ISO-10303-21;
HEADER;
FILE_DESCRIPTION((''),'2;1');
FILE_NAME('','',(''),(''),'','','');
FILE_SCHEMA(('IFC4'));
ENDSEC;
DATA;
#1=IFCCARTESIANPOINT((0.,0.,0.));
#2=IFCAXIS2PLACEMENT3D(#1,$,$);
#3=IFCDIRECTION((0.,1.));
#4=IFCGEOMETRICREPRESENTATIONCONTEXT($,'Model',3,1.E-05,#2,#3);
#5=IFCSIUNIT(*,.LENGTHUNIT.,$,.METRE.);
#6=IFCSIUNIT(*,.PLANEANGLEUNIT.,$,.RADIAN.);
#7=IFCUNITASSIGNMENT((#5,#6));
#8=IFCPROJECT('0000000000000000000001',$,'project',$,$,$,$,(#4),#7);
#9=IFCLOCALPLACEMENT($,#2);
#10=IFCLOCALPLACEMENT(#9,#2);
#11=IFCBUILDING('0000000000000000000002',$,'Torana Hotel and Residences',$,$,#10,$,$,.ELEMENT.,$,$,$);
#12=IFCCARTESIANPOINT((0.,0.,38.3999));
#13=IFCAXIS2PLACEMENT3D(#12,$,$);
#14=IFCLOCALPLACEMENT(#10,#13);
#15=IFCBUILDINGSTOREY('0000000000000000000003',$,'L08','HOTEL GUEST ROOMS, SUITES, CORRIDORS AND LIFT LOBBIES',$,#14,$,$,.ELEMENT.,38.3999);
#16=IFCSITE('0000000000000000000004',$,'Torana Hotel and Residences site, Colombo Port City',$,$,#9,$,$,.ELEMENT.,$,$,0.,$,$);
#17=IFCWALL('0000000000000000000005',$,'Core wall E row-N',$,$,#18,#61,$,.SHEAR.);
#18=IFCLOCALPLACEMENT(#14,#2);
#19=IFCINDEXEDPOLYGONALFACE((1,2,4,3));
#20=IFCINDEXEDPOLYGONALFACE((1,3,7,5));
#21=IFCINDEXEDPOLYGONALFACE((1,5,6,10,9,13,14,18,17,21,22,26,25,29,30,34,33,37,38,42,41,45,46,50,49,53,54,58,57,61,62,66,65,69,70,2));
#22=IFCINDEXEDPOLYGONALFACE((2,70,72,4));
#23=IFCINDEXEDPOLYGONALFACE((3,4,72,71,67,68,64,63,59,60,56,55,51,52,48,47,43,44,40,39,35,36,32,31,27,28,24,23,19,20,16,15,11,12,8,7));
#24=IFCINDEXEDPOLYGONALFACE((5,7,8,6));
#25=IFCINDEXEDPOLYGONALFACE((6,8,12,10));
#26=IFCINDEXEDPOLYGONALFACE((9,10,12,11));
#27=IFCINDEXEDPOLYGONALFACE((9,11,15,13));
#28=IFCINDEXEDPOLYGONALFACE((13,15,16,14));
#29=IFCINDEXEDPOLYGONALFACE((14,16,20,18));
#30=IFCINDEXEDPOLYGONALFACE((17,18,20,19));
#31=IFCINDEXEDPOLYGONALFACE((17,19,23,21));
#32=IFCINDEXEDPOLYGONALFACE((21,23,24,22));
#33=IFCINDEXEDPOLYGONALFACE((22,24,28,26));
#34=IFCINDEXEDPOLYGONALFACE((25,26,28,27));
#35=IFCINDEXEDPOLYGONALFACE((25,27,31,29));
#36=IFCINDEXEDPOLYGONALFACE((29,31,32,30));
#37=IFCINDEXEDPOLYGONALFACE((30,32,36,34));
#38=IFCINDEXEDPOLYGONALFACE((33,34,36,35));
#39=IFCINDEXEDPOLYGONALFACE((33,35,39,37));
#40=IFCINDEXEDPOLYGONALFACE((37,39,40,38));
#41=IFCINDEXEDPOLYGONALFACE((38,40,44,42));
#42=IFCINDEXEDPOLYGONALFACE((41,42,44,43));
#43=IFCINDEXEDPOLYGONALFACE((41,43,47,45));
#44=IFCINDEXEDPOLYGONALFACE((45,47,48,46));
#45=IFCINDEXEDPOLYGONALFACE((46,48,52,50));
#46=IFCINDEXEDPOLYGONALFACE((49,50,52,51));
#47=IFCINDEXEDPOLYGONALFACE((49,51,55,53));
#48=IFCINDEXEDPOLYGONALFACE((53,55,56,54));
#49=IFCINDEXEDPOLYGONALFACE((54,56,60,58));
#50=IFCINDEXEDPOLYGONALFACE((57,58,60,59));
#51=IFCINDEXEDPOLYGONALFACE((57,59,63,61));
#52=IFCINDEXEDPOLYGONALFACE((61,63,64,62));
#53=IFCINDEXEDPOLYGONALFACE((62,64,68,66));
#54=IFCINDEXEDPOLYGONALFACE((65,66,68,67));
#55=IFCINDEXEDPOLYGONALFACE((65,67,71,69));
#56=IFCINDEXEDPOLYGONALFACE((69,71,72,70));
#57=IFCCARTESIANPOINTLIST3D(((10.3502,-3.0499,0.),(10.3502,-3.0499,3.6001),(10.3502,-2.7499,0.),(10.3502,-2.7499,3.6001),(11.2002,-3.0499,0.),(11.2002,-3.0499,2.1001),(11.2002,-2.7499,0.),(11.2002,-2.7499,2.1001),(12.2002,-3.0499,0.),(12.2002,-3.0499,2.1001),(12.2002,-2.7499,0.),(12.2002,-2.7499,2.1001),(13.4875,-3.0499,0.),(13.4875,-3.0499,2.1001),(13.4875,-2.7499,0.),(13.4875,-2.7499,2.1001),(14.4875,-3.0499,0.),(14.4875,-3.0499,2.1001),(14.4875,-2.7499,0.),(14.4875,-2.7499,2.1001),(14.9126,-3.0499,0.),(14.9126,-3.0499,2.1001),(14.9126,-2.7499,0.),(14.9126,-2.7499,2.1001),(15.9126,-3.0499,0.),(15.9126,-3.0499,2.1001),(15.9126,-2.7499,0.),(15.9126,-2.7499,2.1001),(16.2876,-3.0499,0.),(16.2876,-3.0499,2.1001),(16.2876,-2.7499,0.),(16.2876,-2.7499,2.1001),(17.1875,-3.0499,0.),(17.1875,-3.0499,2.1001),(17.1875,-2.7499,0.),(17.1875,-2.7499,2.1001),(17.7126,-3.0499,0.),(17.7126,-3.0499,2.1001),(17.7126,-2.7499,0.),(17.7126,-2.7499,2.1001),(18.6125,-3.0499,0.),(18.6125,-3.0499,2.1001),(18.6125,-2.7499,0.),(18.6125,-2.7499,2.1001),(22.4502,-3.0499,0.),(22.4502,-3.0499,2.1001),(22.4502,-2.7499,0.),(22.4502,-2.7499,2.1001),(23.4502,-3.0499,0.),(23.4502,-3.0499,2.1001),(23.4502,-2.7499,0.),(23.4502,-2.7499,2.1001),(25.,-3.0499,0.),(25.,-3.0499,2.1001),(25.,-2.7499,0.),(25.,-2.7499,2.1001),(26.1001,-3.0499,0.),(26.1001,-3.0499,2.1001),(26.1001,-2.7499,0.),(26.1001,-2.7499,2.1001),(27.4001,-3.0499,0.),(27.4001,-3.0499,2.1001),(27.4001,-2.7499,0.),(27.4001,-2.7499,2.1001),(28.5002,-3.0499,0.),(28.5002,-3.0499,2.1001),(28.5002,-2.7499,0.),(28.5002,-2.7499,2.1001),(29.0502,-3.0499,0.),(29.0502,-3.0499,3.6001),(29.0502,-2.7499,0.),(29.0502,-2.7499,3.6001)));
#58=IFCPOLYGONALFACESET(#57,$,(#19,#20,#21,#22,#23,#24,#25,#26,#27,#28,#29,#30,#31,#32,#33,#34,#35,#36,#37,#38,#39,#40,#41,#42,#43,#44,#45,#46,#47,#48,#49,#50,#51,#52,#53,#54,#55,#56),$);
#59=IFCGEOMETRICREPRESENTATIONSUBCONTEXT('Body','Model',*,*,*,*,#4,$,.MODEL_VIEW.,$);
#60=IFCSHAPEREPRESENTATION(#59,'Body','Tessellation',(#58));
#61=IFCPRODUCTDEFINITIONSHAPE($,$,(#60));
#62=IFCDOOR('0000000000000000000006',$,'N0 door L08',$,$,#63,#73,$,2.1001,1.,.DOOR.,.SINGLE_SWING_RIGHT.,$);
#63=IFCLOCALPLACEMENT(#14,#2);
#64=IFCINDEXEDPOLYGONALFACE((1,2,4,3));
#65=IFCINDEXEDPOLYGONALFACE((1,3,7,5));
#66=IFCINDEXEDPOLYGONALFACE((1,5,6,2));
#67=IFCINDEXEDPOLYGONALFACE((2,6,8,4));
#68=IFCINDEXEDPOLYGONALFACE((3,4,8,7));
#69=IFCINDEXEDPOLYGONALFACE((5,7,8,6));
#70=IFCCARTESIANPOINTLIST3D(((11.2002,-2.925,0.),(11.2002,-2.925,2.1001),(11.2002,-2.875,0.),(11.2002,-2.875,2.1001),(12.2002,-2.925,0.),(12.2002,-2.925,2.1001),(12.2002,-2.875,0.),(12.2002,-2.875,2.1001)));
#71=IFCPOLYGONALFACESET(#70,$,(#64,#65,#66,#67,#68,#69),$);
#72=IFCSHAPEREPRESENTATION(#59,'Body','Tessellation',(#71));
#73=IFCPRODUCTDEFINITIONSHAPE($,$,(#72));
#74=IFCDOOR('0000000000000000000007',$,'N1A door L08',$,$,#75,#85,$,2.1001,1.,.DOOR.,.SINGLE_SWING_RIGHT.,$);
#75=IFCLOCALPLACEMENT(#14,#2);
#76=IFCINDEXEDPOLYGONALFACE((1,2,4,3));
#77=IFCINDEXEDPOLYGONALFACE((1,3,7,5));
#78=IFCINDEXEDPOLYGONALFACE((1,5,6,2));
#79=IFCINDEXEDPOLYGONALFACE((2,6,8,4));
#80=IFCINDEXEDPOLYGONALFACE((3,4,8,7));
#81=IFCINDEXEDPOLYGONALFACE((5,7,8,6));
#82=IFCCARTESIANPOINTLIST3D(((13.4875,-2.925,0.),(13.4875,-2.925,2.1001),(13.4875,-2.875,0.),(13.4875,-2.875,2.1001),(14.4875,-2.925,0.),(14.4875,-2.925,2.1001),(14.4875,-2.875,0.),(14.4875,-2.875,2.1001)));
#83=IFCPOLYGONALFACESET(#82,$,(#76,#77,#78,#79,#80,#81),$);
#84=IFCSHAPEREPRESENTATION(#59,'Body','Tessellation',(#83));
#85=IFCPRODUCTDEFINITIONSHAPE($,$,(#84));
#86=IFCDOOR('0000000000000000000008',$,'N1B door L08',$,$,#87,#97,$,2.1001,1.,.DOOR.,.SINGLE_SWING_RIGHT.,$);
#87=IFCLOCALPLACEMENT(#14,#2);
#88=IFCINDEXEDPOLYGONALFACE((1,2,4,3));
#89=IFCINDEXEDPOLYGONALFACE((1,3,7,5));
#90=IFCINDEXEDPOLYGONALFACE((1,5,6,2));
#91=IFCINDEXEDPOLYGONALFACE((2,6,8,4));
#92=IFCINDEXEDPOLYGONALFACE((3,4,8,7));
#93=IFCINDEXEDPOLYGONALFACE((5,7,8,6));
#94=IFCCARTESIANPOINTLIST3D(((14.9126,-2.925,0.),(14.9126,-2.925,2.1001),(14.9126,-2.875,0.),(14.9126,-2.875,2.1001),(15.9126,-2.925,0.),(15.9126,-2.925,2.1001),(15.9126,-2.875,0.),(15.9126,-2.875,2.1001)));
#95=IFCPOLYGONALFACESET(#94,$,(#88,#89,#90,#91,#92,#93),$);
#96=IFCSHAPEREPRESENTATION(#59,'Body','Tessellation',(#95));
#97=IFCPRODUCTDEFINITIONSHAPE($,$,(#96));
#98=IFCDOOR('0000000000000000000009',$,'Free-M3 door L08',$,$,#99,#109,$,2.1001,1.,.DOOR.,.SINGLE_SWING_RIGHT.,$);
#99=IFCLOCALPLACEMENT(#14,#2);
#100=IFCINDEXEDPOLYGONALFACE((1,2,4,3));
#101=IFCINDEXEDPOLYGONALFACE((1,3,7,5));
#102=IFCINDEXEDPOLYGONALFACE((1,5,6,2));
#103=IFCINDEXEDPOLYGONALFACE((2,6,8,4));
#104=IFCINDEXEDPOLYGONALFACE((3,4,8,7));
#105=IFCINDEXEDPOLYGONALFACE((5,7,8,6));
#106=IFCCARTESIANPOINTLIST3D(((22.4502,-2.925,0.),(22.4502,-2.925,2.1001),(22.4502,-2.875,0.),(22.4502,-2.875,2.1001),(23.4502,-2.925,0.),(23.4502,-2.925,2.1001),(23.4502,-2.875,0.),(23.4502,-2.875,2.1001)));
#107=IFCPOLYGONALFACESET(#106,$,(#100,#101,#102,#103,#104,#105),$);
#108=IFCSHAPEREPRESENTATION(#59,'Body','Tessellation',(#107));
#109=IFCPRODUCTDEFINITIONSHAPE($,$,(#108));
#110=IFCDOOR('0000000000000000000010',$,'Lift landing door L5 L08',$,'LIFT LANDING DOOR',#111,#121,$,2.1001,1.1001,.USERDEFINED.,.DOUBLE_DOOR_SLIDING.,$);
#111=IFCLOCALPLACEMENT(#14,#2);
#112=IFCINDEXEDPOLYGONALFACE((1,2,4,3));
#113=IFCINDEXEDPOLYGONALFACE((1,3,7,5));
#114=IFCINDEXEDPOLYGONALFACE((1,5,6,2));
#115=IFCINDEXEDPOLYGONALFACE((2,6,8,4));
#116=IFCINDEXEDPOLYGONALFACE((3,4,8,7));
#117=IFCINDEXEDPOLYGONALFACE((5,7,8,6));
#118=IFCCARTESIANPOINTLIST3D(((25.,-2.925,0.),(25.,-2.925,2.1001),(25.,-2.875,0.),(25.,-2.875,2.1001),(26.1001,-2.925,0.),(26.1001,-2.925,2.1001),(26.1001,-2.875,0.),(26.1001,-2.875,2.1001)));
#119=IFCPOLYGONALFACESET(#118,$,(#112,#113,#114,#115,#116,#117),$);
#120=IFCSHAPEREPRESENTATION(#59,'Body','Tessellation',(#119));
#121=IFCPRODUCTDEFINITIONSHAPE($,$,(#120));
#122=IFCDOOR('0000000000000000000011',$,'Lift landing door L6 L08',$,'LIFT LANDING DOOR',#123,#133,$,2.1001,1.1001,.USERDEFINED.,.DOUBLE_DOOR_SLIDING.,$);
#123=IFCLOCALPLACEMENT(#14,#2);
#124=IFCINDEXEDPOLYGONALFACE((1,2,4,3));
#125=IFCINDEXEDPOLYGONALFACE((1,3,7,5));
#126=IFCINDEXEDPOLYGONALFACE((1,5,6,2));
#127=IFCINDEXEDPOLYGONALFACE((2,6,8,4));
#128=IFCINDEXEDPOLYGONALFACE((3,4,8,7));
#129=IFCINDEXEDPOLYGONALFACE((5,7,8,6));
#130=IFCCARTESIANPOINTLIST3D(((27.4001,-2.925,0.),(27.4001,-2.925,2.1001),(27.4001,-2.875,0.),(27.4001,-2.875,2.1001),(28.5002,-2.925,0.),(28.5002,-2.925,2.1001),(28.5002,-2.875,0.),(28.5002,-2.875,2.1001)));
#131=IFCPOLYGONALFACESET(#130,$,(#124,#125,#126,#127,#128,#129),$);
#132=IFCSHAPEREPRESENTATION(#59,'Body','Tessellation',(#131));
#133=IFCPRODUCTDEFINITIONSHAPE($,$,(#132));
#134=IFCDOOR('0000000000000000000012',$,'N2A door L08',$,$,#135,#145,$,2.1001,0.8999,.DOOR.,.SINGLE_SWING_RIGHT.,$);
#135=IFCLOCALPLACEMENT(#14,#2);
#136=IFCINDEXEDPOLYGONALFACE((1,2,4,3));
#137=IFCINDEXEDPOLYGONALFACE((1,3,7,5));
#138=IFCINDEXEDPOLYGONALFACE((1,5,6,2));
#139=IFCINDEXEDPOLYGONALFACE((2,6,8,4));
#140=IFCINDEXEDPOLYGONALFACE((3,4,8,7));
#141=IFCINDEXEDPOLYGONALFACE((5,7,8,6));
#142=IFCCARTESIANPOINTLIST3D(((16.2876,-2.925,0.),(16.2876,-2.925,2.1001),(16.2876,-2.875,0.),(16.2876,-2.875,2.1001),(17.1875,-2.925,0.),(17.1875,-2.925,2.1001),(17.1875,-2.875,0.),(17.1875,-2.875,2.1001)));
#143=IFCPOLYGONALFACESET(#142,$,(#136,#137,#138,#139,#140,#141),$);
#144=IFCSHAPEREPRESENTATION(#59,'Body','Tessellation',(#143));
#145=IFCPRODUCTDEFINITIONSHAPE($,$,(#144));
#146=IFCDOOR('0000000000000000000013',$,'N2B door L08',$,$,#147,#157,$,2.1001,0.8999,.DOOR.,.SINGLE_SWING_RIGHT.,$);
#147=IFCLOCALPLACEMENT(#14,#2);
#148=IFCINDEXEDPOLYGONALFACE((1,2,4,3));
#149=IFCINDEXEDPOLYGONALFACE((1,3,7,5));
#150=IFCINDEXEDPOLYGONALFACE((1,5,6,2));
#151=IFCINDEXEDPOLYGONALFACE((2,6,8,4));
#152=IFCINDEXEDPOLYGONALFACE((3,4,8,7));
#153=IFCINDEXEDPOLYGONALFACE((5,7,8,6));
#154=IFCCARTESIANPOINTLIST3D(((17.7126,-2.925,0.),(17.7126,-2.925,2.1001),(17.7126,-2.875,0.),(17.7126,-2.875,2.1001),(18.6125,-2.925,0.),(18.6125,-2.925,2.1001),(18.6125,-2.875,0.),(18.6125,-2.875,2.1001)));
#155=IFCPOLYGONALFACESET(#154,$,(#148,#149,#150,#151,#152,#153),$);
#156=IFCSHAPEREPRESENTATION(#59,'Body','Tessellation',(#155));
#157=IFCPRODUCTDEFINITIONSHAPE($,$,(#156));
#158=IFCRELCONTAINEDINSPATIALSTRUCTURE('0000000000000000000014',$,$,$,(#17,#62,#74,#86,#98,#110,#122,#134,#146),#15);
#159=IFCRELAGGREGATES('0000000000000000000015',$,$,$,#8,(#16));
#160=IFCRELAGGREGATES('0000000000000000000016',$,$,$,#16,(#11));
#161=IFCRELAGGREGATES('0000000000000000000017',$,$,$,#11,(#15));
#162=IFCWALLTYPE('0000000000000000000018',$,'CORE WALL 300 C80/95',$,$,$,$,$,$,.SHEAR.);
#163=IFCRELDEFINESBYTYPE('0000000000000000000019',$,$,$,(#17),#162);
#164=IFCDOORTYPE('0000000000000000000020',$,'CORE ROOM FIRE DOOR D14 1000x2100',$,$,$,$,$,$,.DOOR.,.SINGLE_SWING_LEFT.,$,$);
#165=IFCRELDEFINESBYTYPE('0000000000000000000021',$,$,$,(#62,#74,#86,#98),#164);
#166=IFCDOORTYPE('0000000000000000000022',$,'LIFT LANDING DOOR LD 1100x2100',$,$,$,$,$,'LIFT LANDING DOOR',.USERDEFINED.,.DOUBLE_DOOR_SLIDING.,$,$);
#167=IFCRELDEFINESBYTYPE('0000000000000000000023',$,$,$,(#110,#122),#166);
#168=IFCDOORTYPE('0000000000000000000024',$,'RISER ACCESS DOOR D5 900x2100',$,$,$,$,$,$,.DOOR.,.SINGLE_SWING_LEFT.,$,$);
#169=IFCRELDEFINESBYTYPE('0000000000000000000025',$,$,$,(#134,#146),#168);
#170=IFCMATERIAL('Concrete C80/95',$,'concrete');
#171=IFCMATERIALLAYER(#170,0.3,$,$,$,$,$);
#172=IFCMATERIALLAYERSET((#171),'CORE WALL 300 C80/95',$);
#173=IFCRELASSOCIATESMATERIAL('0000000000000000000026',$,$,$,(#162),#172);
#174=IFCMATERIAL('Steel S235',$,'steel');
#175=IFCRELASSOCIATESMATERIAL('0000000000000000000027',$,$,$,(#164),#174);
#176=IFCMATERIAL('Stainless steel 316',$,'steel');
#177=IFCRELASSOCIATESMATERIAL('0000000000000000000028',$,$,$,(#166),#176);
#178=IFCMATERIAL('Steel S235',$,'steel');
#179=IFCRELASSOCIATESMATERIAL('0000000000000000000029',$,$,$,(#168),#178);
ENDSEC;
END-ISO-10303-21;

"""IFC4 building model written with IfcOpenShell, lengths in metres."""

from ifc_helpers import new_model, si_unit, direction, frame, frame_2d, origin, place, context, subcontext, project, spatial, rectangle, extrude, material, layer, layer_set, type_object, element, fill, save


model = new_model("IFC4")

# Units and contexts
model_context = context("Model", 3, precision=1e-05, world=origin(), true_north=direction((0.0, 1.0)))
body_context = subcontext(model_context, "Body", "Model", "MODEL_VIEW")
ifc_project = project(units=[si_unit("LENGTHUNIT", "METRE"), si_unit("PLANEANGLEUNIT", "RADIAN")], contexts=[model_context])

# Site, building, storey
site_placement = place(None, origin())
site = spatial("IfcSite", under=ifc_project, at=site_placement, Name="Torana Hotel and Residences site, Colombo Port City", CompositionType="ELEMENT", RefElevation=0.0)
building_placement = place(site_placement, origin())
building = spatial("IfcBuilding", under=site, at=building_placement, Name="Torana Hotel and Residences", CompositionType="ELEMENT")
storey_placement = place(building_placement, frame((0.0, 0.0, 38.3999)))
storey = spatial("IfcBuildingStorey", under=building, at=storey_placement, Name="L08", Description="HOTEL GUEST ROOMS, SUITES, CORRIDORS AND LIFT LOBBIES", CompositionType="ELEMENT", Elevation=38.3999)

# Wall, openings, doors
ifc_material_1 = material(Name="Concrete C80/95", Category="concrete")
ifc_layer_1 = layer(ifc_material_1, 0.3)
ifc_layer_set_1 = layer_set([ifc_layer_1], Name="CORE WALL 300 C80/95")
wall_type_1 = type_object("IfcWallType", Name="CORE WALL 300 C80/95", PredefinedType="SHEAR", material=ifc_layer_set_1)
wall_1_placement = place(storey_placement, frame((10.3501, -2.8999, 0.0), z_axis=(0.0, 0.0, 1.0), x_axis=(1.0, 0.0, 0.0)))
wall_1 = element("IfcWall", 1, at=wall_1_placement, inside=storey, type_object=wall_type_1, Name="Core wall E row-N", PredefinedType="SHEAR", context=body_context, shape_type="SweptSolid", body=[
    extrude(rectangle(XDim=18.7, YDim=0.3, at=frame_2d((9.3501, 0.0))), origin(), (0.0, 0.0, 1.0), 3.6001),
])
opening_1_placement = place(wall_1_placement, frame((14.6499, 0.0, 0.0)))
opening_1 = element("IfcOpeningElement", 2, at=opening_1_placement, cuts=wall_1, PredefinedType="OPENING", context=body_context, shape_type="SweptSolid", body=[
    extrude(rectangle(XDim=1.1001, YDim=2.1001, at=frame_2d((0.55, 1.05))), frame((0.0, 0.1599, 0.0), z_axis=(0.0, -1.0, 0.0), x_axis=(1.0, 0.0, 0.0)), (0.0, 0.0, 1.0), 0.3201),
])
opening_2_placement = place(wall_1_placement, frame((17.05, 0.0, 0.0)))
opening_2 = element("IfcOpeningElement", 3, at=opening_2_placement, cuts=wall_1, PredefinedType="OPENING", context=body_context, shape_type="SweptSolid", body=[
    extrude(rectangle(XDim=1.1001, YDim=2.1001, at=frame_2d((0.55, 1.05))), frame((0.0, 0.1599, 0.0), z_axis=(0.0, -1.0, 0.0), x_axis=(1.0, 0.0, 0.0)), (0.0, 0.0, 1.0), 0.3201),
])
opening_3_placement = place(wall_1_placement, frame((5.9375, 0.0, 0.0)))
opening_3 = element("IfcOpeningElement", 4, at=opening_3_placement, cuts=wall_1, PredefinedType="OPENING", context=body_context, shape_type="SweptSolid", body=[
    extrude(rectangle(XDim=0.8999, YDim=2.1001, at=frame_2d((0.45, 1.05))), frame((0.0, 0.1599, 0.0), z_axis=(0.0, -1.0, 0.0), x_axis=(1.0, 0.0, 0.0)), (0.0, 0.0, 1.0), 0.3201),
])
opening_4_placement = place(wall_1_placement, frame((7.3625, 0.0, 0.0)))
opening_4 = element("IfcOpeningElement", 5, at=opening_4_placement, cuts=wall_1, PredefinedType="OPENING", context=body_context, shape_type="SweptSolid", body=[
    extrude(rectangle(XDim=0.8999, YDim=2.1001, at=frame_2d((0.45, 1.05))), frame((0.0, 0.1599, 0.0), z_axis=(0.0, -1.0, 0.0), x_axis=(1.0, 0.0, 0.0)), (0.0, 0.0, 1.0), 0.3201),
])
opening_5_placement = place(wall_1_placement, frame((0.8501, 0.0, 0.0)))
opening_5 = element("IfcOpeningElement", 6, at=opening_5_placement, cuts=wall_1, PredefinedType="OPENING", context=body_context, shape_type="SweptSolid", body=[
    extrude(rectangle(XDim=1.0, YDim=2.1001, at=frame_2d((0.5, 1.05))), frame((0.0, 0.1599, 0.0), z_axis=(0.0, -1.0, 0.0), x_axis=(1.0, 0.0, 0.0)), (0.0, 0.0, 1.0), 0.3201),
])
opening_6_placement = place(wall_1_placement, frame((3.1375, 0.0, 0.0)))
opening_6 = element("IfcOpeningElement", 7, at=opening_6_placement, cuts=wall_1, PredefinedType="OPENING", context=body_context, shape_type="SweptSolid", body=[
    extrude(rectangle(XDim=1.0, YDim=2.1001, at=frame_2d((0.5, 1.05))), frame((0.0, 0.1599, 0.0), z_axis=(0.0, -1.0, 0.0), x_axis=(1.0, 0.0, 0.0)), (0.0, 0.0, 1.0), 0.3201),
])
opening_7_placement = place(wall_1_placement, frame((4.5625, 0.0, 0.0)))
opening_7 = element("IfcOpeningElement", 8, at=opening_7_placement, cuts=wall_1, PredefinedType="OPENING", context=body_context, shape_type="SweptSolid", body=[
    extrude(rectangle(XDim=1.0, YDim=2.1001, at=frame_2d((0.5, 1.05))), frame((0.0, 0.1599, 0.0), z_axis=(0.0, -1.0, 0.0), x_axis=(1.0, 0.0, 0.0)), (0.0, 0.0, 1.0), 0.3201),
])
opening_8_placement = place(wall_1_placement, frame((12.1001, 0.0, 0.0)))
opening_8 = element("IfcOpeningElement", 9, at=opening_8_placement, cuts=wall_1, PredefinedType="OPENING", context=body_context, shape_type="SweptSolid", body=[
    extrude(rectangle(XDim=1.0, YDim=2.1001, at=frame_2d((0.5, 1.05))), frame((0.0, 0.1599, 0.0), z_axis=(0.0, -1.0, 0.0), x_axis=(1.0, 0.0, 0.0)), (0.0, 0.0, 1.0), 0.3201),
])
ifc_material_2 = material(Name="Steel S235", Category="steel")
door_type_1 = type_object("IfcDoorType", Name="CORE ROOM FIRE DOOR D14 1000x2100", OperationType="SINGLE_SWING_LEFT", PredefinedType="DOOR", material=ifc_material_2)
door_1_placement = place(opening_5_placement, origin())
door_1 = element("IfcDoor", 10, at=door_1_placement, inside=storey, type_object=door_type_1, Name="N0 door L08", OperationType="SINGLE_SWING_RIGHT", OverallHeight=2.1001, OverallWidth=1.0, PredefinedType="DOOR", context=body_context, shape_type="SweptSolid", body=[
    extrude(rectangle(XDim=1.0, YDim=2.1001, at=frame_2d((0.5, 1.05))), frame((0.0, 0.0249, 0.0), z_axis=(0.0, -1.0, 0.0), x_axis=(1.0, 0.0, 0.0)), (0.0, 0.0, 1.0), 0.05),
])
fill(opening_5, door_1)
door_2_placement = place(opening_6_placement, origin())
door_2 = element("IfcDoor", 11, at=door_2_placement, inside=storey, type_object=door_type_1, Name="N1A door L08", OperationType="SINGLE_SWING_RIGHT", OverallHeight=2.1001, OverallWidth=1.0, PredefinedType="DOOR", context=body_context, shape_type="SweptSolid", body=[
    extrude(rectangle(XDim=1.0, YDim=2.1001, at=frame_2d((0.5, 1.05))), frame((0.0, 0.0249, 0.0), z_axis=(0.0, -1.0, 0.0), x_axis=(1.0, 0.0, 0.0)), (0.0, 0.0, 1.0), 0.05),
])
fill(opening_6, door_2)
door_3_placement = place(opening_7_placement, origin())
door_3 = element("IfcDoor", 12, at=door_3_placement, inside=storey, type_object=door_type_1, Name="N1B door L08", OperationType="SINGLE_SWING_RIGHT", OverallHeight=2.1001, OverallWidth=1.0, PredefinedType="DOOR", context=body_context, shape_type="SweptSolid", body=[
    extrude(rectangle(XDim=1.0, YDim=2.1001, at=frame_2d((0.5, 1.05))), frame((0.0, 0.0249, 0.0), z_axis=(0.0, -1.0, 0.0), x_axis=(1.0, 0.0, 0.0)), (0.0, 0.0, 1.0), 0.05),
])
fill(opening_7, door_3)
door_4_placement = place(opening_8_placement, origin())
door_4 = element("IfcDoor", 13, at=door_4_placement, inside=storey, type_object=door_type_1, Name="Free-M3 door L08", OperationType="SINGLE_SWING_RIGHT", OverallHeight=2.1001, OverallWidth=1.0, PredefinedType="DOOR", context=body_context, shape_type="SweptSolid", body=[
    extrude(rectangle(XDim=1.0, YDim=2.1001, at=frame_2d((0.5, 1.05))), frame((0.0, 0.0249, 0.0), z_axis=(0.0, -1.0, 0.0), x_axis=(1.0, 0.0, 0.0)), (0.0, 0.0, 1.0), 0.05),
])
fill(opening_8, door_4)
ifc_material_3 = material(Name="Stainless steel 316", Category="steel")
door_type_2 = type_object("IfcDoorType", Name="LIFT LANDING DOOR LD 1100x2100", ElementType="LIFT LANDING DOOR", OperationType="DOUBLE_DOOR_SLIDING", PredefinedType="USERDEFINED", material=ifc_material_3)
door_5_placement = place(opening_1_placement, origin())
door_5 = element("IfcDoor", 14, at=door_5_placement, inside=storey, type_object=door_type_2, Name="Lift landing door L5 L08", ObjectType="LIFT LANDING DOOR", OperationType="DOUBLE_DOOR_SLIDING", OverallHeight=2.1001, OverallWidth=1.1001, PredefinedType="USERDEFINED", context=body_context, shape_type="SweptSolid", body=[
    extrude(rectangle(XDim=1.1001, YDim=2.1001, at=frame_2d((0.55, 1.05))), frame((0.0, 0.0249, 0.0), z_axis=(0.0, -1.0, 0.0), x_axis=(1.0, 0.0, 0.0)), (0.0, 0.0, 1.0), 0.05),
])
fill(opening_1, door_5)
door_6_placement = place(opening_2_placement, origin())
door_6 = element("IfcDoor", 15, at=door_6_placement, inside=storey, type_object=door_type_2, Name="Lift landing door L6 L08", ObjectType="LIFT LANDING DOOR", OperationType="DOUBLE_DOOR_SLIDING", OverallHeight=2.1001, OverallWidth=1.1001, PredefinedType="USERDEFINED", context=body_context, shape_type="SweptSolid", body=[
    extrude(rectangle(XDim=1.1001, YDim=2.1001, at=frame_2d((0.55, 1.05))), frame((0.0, 0.0249, 0.0), z_axis=(0.0, -1.0, 0.0), x_axis=(1.0, 0.0, 0.0)), (0.0, 0.0, 1.0), 0.05),
])
fill(opening_2, door_6)
ifc_material_4 = material(Name="Steel S235", Category="steel")
door_type_3 = type_object("IfcDoorType", Name="RISER ACCESS DOOR D5 900x2100", OperationType="SINGLE_SWING_LEFT", PredefinedType="DOOR", material=ifc_material_4)
door_7_placement = place(opening_3_placement, origin())
door_7 = element("IfcDoor", 16, at=door_7_placement, inside=storey, type_object=door_type_3, Name="N2A door L08", OperationType="SINGLE_SWING_RIGHT", OverallHeight=2.1001, OverallWidth=0.8999, PredefinedType="DOOR", context=body_context, shape_type="SweptSolid", body=[
    extrude(rectangle(XDim=0.8999, YDim=2.1001, at=frame_2d((0.45, 1.05))), frame((0.0, 0.0249, 0.0), z_axis=(0.0, -1.0, 0.0), x_axis=(1.0, 0.0, 0.0)), (0.0, 0.0, 1.0), 0.05),
])
fill(opening_3, door_7)
door_8_placement = place(opening_4_placement, origin())
door_8 = element("IfcDoor", 17, at=door_8_placement, inside=storey, type_object=door_type_3, Name="N2B door L08", OperationType="SINGLE_SWING_RIGHT", OverallHeight=2.1001, OverallWidth=0.8999, PredefinedType="DOOR", context=body_context, shape_type="SweptSolid", body=[
    extrude(rectangle(XDim=0.8999, YDim=2.1001, at=frame_2d((0.45, 1.05))), frame((0.0, 0.0249, 0.0), z_axis=(0.0, -1.0, 0.0), x_axis=(1.0, 0.0, 0.0)), (0.0, 0.0, 1.0), 0.05),
])
fill(opening_4, door_8)

save(model, "model.ifc")
